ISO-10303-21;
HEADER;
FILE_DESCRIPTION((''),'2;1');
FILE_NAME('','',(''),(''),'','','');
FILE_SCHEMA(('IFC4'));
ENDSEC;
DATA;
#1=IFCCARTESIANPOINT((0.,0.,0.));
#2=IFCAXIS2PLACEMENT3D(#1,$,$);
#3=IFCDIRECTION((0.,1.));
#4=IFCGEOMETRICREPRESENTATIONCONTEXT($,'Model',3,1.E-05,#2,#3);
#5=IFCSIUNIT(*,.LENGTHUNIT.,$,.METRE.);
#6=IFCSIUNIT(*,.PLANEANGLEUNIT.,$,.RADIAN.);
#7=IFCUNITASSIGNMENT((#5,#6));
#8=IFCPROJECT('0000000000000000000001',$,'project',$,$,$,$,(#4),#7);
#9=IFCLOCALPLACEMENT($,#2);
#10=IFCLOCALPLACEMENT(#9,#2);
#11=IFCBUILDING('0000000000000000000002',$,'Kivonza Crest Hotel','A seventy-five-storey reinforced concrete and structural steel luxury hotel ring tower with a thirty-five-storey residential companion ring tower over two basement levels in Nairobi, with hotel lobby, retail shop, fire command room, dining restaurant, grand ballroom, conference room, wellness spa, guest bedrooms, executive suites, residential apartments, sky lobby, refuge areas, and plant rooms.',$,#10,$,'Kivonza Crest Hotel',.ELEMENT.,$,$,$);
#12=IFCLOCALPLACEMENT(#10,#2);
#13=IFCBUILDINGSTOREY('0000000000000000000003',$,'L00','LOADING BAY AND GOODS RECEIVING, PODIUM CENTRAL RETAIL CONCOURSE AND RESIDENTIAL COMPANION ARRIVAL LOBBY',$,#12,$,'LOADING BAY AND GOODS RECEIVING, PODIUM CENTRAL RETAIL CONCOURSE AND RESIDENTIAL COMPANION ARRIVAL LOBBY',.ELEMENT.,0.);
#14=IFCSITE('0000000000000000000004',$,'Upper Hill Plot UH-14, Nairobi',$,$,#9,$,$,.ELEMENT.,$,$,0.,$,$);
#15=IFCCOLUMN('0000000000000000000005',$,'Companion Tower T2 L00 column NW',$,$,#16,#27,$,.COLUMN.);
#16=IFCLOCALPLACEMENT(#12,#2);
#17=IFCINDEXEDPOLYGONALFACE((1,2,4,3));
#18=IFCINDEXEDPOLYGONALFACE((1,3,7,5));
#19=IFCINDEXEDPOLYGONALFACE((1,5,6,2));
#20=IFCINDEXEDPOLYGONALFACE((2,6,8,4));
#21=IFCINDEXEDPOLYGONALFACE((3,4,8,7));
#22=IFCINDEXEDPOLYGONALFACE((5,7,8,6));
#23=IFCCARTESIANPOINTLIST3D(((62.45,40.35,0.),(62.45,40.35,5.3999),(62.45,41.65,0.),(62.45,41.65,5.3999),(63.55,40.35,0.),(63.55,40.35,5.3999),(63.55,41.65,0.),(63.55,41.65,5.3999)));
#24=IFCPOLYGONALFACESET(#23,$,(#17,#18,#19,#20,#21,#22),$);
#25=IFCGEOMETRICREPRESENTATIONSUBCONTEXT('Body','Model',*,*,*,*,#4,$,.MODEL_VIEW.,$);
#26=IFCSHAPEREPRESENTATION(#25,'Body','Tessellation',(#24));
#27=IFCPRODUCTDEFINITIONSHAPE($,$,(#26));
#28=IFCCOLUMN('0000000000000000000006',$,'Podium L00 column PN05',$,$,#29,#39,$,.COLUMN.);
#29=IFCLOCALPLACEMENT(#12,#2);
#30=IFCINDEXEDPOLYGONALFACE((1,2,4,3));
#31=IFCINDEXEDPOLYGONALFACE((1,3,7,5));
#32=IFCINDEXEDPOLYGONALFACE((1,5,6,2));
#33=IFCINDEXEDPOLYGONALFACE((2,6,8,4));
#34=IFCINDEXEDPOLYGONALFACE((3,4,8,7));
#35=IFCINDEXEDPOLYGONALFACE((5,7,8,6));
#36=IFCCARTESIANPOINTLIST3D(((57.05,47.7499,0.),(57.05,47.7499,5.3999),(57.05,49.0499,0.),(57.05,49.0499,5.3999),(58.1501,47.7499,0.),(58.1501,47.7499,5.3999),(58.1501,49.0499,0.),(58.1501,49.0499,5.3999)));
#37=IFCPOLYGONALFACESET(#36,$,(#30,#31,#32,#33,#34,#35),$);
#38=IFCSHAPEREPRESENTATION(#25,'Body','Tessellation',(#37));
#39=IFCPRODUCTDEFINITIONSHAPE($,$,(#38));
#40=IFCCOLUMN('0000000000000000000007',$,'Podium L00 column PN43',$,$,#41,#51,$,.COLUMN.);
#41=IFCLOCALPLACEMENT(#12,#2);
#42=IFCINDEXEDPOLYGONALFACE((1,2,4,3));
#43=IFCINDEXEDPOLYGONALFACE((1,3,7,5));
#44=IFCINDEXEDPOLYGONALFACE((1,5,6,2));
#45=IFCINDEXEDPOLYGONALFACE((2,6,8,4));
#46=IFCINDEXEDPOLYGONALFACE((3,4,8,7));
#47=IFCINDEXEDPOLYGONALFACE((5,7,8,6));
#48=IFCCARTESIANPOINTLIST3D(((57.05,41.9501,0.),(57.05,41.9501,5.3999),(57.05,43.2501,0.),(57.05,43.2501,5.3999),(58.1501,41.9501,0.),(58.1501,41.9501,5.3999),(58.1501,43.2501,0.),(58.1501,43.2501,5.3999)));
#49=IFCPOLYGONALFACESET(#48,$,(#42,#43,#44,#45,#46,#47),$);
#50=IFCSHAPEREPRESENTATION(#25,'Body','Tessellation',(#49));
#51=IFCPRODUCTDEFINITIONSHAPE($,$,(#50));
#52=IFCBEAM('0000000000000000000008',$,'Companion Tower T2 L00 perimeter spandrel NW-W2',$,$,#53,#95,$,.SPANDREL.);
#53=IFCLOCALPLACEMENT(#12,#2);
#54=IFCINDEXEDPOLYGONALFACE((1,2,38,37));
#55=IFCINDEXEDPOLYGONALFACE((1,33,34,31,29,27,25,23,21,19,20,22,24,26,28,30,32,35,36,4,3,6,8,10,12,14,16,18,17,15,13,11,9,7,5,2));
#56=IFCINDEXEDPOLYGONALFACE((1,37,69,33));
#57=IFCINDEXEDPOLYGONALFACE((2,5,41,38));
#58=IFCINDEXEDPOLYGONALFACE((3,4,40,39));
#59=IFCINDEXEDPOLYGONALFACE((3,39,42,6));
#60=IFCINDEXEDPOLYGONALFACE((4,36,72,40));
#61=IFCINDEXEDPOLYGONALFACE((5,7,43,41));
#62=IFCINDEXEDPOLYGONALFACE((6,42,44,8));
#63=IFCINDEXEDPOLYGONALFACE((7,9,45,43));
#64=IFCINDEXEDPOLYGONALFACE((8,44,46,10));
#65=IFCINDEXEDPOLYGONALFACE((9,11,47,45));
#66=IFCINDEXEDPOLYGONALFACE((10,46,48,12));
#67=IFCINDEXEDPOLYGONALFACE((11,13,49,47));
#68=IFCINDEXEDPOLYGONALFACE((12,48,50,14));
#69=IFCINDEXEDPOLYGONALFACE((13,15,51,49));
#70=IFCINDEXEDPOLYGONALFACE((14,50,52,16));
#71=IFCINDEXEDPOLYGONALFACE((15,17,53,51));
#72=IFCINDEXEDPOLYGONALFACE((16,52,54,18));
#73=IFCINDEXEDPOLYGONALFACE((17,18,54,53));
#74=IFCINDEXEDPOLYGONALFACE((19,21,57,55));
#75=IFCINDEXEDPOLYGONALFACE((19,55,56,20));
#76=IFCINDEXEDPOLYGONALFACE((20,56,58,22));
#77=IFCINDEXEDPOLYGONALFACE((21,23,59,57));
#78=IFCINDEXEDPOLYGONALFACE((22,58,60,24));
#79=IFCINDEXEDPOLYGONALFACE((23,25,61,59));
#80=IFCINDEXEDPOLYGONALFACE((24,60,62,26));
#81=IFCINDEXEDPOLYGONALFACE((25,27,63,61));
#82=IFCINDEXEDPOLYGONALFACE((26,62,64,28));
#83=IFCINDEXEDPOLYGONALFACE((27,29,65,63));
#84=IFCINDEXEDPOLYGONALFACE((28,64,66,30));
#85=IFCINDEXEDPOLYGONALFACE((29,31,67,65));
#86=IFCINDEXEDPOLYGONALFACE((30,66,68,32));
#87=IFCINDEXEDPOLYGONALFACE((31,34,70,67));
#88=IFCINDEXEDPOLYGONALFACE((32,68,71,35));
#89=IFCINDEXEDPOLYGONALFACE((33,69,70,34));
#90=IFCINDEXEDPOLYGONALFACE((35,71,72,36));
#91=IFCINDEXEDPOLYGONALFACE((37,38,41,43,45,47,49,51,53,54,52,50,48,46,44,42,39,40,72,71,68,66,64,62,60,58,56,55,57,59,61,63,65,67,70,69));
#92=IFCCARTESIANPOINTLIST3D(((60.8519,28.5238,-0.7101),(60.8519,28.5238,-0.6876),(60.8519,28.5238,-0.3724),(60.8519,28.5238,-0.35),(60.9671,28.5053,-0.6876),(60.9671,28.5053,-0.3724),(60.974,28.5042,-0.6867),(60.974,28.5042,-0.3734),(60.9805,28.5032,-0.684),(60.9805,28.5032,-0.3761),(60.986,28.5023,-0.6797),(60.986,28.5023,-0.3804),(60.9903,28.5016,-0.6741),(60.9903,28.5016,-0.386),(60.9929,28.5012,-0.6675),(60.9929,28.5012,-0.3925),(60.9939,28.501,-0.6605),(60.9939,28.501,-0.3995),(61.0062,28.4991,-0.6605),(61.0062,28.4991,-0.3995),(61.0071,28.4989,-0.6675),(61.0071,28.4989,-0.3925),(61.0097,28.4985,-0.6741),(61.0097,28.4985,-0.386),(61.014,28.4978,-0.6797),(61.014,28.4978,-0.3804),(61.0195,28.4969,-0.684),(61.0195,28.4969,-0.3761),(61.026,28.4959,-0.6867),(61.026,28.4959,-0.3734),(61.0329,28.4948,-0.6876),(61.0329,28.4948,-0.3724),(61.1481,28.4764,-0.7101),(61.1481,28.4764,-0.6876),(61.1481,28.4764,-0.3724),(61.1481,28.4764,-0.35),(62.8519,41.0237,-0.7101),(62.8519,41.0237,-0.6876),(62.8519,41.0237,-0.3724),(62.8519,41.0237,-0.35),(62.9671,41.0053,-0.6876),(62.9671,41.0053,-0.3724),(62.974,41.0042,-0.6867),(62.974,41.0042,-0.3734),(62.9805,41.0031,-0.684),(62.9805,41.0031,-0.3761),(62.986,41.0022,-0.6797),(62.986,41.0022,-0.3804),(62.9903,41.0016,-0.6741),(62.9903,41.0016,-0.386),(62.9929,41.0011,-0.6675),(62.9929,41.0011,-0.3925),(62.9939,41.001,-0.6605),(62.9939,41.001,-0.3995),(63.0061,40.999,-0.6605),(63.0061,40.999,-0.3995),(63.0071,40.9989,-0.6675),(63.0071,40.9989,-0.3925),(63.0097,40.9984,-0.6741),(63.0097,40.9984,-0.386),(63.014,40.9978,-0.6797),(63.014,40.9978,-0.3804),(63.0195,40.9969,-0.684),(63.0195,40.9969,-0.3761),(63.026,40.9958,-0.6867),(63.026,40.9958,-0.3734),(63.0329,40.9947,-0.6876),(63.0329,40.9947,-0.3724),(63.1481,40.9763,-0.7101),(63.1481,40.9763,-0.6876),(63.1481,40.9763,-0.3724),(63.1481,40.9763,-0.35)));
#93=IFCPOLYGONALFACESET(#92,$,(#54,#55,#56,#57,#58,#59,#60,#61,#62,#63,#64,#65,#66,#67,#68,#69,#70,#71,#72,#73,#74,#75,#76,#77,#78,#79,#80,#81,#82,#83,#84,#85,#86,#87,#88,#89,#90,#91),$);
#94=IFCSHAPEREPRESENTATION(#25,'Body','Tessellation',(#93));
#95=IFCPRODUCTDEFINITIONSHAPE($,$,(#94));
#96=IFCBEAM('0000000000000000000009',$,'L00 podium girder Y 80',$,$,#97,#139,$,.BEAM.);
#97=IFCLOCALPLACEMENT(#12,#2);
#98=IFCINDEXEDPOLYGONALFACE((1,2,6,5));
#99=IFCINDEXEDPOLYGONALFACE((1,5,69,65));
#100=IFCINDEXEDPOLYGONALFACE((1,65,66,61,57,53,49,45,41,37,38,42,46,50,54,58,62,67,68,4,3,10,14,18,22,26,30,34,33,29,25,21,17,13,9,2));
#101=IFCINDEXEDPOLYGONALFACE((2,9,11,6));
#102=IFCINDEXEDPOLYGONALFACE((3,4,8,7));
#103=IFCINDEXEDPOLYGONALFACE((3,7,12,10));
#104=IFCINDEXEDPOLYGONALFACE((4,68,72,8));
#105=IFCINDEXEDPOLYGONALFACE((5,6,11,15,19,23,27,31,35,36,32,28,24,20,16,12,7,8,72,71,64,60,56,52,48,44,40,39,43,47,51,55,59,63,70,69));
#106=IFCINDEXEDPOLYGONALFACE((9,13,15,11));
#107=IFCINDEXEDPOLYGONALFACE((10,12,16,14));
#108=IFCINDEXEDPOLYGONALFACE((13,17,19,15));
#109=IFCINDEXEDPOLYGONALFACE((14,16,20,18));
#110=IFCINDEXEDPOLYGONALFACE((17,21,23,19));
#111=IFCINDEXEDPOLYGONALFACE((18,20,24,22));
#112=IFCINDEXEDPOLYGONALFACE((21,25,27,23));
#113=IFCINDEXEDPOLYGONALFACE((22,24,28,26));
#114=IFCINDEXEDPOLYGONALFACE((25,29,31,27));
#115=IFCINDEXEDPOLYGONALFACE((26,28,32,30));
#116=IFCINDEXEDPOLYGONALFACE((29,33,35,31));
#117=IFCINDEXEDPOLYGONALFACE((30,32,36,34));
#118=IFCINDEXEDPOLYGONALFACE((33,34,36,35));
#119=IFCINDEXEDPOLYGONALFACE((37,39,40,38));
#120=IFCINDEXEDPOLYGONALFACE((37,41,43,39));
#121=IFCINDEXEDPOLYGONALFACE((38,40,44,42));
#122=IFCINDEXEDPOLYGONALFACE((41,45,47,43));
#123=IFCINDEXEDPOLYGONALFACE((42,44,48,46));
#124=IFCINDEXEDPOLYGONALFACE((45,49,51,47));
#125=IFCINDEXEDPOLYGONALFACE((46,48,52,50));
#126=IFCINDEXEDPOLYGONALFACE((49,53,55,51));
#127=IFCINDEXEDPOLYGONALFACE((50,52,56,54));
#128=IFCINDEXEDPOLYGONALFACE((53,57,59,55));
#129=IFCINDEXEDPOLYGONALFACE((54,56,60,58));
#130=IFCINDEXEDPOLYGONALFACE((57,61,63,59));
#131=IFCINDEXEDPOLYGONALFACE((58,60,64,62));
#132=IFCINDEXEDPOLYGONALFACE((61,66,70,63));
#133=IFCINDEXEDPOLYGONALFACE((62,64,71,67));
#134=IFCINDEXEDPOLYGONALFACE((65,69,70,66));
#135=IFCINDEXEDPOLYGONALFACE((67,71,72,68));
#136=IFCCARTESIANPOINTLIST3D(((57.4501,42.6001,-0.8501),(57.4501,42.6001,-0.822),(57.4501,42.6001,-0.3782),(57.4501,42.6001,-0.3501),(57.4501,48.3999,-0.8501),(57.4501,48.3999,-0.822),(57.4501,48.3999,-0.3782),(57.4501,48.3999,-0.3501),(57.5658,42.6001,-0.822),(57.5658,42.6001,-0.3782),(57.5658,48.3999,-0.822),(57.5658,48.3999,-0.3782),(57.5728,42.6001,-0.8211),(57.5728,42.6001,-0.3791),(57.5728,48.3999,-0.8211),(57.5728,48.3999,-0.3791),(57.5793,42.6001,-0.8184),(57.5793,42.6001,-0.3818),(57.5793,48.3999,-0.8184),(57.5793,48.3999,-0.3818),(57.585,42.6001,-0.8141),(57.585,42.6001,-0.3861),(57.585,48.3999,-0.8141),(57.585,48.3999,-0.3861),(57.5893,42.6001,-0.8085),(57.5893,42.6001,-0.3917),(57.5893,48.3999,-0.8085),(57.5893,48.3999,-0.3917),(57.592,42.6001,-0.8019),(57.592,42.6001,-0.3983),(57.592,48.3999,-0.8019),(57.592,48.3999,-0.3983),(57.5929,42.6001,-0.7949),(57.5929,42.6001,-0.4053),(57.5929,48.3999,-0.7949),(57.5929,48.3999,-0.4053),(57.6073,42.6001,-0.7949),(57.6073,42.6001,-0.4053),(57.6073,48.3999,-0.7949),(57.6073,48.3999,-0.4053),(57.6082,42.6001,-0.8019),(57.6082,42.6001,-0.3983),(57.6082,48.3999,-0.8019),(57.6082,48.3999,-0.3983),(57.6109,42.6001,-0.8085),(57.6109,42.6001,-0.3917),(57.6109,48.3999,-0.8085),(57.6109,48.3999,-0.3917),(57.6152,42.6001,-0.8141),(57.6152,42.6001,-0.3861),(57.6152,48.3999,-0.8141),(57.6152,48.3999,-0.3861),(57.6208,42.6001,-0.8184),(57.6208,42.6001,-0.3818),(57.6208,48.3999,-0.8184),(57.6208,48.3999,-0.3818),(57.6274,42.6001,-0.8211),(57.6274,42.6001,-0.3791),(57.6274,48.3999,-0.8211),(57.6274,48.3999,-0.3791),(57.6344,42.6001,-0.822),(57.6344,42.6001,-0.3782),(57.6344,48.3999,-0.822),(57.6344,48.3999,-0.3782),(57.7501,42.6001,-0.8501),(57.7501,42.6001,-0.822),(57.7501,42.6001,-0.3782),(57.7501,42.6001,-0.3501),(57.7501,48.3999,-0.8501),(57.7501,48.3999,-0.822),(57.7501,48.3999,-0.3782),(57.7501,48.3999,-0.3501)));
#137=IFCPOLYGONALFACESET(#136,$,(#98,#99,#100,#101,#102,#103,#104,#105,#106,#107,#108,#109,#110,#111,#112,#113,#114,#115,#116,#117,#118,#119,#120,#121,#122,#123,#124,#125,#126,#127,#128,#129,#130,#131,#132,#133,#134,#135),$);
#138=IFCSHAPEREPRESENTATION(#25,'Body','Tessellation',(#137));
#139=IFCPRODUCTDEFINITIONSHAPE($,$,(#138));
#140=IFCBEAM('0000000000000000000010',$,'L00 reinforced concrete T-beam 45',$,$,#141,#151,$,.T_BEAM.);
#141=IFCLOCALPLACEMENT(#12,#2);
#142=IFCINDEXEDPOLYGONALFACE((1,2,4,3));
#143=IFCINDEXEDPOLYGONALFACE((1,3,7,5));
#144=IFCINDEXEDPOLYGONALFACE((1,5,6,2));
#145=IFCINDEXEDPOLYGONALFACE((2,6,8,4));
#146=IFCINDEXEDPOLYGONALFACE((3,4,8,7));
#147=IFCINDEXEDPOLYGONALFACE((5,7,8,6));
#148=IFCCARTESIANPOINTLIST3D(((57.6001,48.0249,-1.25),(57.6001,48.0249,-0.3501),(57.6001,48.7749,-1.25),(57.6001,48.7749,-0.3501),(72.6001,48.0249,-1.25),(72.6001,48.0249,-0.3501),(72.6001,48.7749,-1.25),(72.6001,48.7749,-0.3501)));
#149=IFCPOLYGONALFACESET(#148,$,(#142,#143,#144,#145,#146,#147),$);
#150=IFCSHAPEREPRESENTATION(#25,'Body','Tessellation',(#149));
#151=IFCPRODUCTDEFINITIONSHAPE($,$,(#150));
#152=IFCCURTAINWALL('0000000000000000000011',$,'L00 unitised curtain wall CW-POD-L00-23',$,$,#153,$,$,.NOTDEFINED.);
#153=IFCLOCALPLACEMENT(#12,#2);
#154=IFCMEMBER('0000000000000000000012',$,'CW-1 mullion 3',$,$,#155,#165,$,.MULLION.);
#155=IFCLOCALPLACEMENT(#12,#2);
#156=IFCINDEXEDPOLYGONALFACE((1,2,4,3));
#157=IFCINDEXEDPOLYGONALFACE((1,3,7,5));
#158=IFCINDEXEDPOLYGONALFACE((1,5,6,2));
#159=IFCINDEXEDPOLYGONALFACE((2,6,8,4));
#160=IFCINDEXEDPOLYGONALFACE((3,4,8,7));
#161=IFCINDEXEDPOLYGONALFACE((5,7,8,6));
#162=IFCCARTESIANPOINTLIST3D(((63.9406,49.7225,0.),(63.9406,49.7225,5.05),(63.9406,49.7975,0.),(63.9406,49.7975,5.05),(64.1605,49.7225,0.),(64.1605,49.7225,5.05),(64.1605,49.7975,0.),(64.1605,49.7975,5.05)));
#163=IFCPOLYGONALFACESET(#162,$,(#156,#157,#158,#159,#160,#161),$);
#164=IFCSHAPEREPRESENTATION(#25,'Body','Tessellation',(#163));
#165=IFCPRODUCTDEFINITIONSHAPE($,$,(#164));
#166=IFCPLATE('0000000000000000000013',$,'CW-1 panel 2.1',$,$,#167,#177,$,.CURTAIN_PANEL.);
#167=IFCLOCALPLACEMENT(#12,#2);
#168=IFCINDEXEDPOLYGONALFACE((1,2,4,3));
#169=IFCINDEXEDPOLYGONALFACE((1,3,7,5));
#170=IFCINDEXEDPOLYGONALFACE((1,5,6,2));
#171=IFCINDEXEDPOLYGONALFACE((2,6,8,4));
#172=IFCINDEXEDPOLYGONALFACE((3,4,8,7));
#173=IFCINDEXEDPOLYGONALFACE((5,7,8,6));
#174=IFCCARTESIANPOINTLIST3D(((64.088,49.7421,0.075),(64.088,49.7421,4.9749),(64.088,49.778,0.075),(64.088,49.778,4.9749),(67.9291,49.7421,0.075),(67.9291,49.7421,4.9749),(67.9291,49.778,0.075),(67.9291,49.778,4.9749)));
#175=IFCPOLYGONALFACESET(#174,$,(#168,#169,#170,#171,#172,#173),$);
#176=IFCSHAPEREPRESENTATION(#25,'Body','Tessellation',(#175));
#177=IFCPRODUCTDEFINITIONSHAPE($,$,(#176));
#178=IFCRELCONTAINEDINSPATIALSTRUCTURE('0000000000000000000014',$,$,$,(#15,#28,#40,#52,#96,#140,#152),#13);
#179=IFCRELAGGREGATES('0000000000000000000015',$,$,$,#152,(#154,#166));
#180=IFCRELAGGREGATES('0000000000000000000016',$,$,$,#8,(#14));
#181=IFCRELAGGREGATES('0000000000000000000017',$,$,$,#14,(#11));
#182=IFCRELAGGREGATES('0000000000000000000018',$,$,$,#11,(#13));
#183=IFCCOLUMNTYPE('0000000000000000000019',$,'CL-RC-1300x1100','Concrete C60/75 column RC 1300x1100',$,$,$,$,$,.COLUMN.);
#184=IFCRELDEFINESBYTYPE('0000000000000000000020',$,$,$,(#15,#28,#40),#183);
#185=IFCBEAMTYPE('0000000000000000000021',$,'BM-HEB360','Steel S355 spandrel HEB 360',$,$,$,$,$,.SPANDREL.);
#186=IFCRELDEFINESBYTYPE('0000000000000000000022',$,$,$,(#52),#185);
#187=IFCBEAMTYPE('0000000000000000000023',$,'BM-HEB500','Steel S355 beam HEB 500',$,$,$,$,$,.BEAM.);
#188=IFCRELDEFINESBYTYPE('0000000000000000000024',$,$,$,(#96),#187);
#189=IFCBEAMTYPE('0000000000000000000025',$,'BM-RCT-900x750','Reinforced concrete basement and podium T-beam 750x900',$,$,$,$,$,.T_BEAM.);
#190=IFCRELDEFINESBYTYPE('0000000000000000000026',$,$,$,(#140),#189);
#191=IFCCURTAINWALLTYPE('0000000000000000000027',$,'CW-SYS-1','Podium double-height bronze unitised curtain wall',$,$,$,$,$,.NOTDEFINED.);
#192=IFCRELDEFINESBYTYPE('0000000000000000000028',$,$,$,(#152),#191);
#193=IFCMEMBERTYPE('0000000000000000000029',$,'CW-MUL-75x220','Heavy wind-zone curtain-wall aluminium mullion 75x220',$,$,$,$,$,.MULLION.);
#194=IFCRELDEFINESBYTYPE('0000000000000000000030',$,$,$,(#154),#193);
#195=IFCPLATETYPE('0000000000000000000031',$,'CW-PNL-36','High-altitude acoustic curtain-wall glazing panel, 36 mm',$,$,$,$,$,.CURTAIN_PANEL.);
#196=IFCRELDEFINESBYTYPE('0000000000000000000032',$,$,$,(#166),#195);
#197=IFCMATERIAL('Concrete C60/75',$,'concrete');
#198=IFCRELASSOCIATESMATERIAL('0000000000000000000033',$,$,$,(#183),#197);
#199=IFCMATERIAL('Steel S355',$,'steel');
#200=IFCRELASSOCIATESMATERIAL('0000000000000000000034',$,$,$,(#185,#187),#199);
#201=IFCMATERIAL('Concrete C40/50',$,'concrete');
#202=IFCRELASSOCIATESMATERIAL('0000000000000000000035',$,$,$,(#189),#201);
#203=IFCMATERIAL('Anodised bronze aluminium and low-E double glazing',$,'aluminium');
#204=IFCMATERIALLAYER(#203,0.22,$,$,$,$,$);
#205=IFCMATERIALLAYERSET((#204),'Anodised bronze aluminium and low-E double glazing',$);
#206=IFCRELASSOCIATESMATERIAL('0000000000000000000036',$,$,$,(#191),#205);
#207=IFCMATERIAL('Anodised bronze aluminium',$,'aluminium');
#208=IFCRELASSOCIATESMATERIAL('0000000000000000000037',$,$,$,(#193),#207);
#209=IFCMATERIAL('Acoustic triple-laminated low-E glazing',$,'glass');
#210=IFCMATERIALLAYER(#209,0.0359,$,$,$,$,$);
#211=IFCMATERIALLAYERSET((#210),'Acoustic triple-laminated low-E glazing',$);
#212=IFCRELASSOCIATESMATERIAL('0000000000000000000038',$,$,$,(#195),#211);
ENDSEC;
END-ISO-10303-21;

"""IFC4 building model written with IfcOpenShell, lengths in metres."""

from ifc_helpers import new_model, si_unit, direction, frame, origin, origin_2d, place, context, subcontext, project, spatial, rectangle, i_section, extrude, material, layer, layer_set, material_profile, profile_set, type_object, element, aggregate, save


model = new_model("IFC4")

# Units and contexts
model_context = context("Model", 3, precision=1e-05, world=origin(), true_north=direction((0.0, 1.0)))
body_context = subcontext(model_context, "Body", "Model", "MODEL_VIEW")
ifc_project = project(units=[si_unit("LENGTHUNIT", "METRE"), si_unit("PLANEANGLEUNIT", "RADIAN")], contexts=[model_context])

# Site, building, storey
site_placement = place(None, origin())
site = spatial("IfcSite", under=ifc_project, at=site_placement, Name="Upper Hill Plot UH-14, Nairobi", CompositionType="ELEMENT", RefElevation=0.0)
building_placement = place(site_placement, origin())
building = spatial("IfcBuilding", under=site, at=building_placement, Name="Kivonza Crest Hotel", Description="A seventy-five-storey reinforced concrete and structural steel luxury hotel ring tower with a thirty-five-storey residential companion ring tower over two basement levels in Nairobi, with hotel lobby, retail shop, fire command room, dining restaurant, grand ballroom, conference room, wellness spa, guest bedrooms, executive suites, residential apartments, sky lobby, refuge areas, and plant rooms.", LongName="Kivonza Crest Hotel", CompositionType="ELEMENT")
storey_placement = place(building_placement, origin())
storey = spatial("IfcBuildingStorey", under=building, at=storey_placement, Name="L00", Description="LOADING BAY AND GOODS RECEIVING, PODIUM CENTRAL RETAIL CONCOURSE AND RESIDENTIAL COMPANION ARRIVAL LOBBY", LongName="LOADING BAY AND GOODS RECEIVING, PODIUM CENTRAL RETAIL CONCOURSE AND RESIDENTIAL COMPANION ARRIVAL LOBBY", CompositionType="ELEMENT", Elevation=0.0)

# Columns
ifc_material_1 = material(Name="Concrete C60/75", Category="concrete")
ifc_material_profile_1 = material_profile(ifc_material_1, rectangle(XDim=1.1001, YDim=1.3, at=origin_2d()), Name="RC 1300x1100")
ifc_profile_set_1 = profile_set([ifc_material_profile_1], Name="Concrete C60/75")
column_type = type_object("IfcColumnType", Name="CL-RC-1300x1100", Description="Concrete C60/75 column RC 1300x1100", PredefinedType="COLUMN", material=ifc_profile_set_1)
for number, where, z_axis, x_axis, name in (
    (1, (63.0, 41.0, 0.0), (0.0, 0.0, 1.0), (1.0, 0.0, 0.0), "Companion Tower T2 L00 column NW"),
    (2, (57.6001, 48.3999, 0.0), (0.0, 0.0, 1.0), (1.0, 0.0, 0.0), "Podium L00 column PN05"),
    (3, (57.6001, 42.6001, 0.0), (0.0, 0.0, 1.0), (1.0, 0.0, 0.0), "Podium L00 column PN43"),
):
    element("IfcColumn", number, at=place(storey_placement, frame(where, z_axis=z_axis, x_axis=x_axis)), inside=storey, type_object=column_type, Name=name, PredefinedType="COLUMN", context=body_context, shape_type="SweptSolid", body=[
        extrude(rectangle(XDim=1.1001, YDim=1.3, at=origin_2d()), origin(), (0.0, 0.0, 1.0), 5.3999),
    ])

# Beams
ifc_material_2 = material(Name="Steel S355", Category="steel")
ifc_material_profile_2 = material_profile(ifc_material_2, i_section(OverallWidth=0.3, OverallDepth=0.3601, WebThickness=0.0125, FlangeThickness=0.0225, FilletRadius=0.0271, at=origin_2d()), Name="HEB 360")
ifc_profile_set_2 = profile_set([ifc_material_profile_2], Name="Steel S355")
beam_type_1 = type_object("IfcBeamType", Name="BM-HEB360", Description="Steel S355 spandrel HEB 360", PredefinedType="SPANDREL", material=ifc_profile_set_2)
beam_1_placement = place(storey_placement, frame((63.0, 41.0, -0.53), z_axis=(-0.157991, -0.987441, 0.0), x_axis=(0.987441, -0.157991, 0.0)))
element("IfcBeam", 4, at=beam_1_placement, inside=storey, type_object=beam_type_1, Name="Companion Tower T2 L00 perimeter spandrel NW-W2", PredefinedType="SPANDREL", context=body_context, shape_type="SweptSolid", body=[
    extrude(i_section(OverallWidth=0.3, OverallDepth=0.3601, WebThickness=0.0125, FlangeThickness=0.0225, FilletRadius=0.0271, at=origin_2d()), origin(), (0.0, 0.0, 1.0), 12.6589),
])
ifc_material_profile_3 = material_profile(ifc_material_2, i_section(OverallWidth=0.3, OverallDepth=0.5, WebThickness=0.0144, FlangeThickness=0.0281, FilletRadius=0.0271, at=origin_2d()), Name="HEB 500")
ifc_profile_set_3 = profile_set([ifc_material_profile_3], Name="Steel S355")
beam_type_2 = type_object("IfcBeamType", Name="BM-HEB500", Description="Steel S355 beam HEB 500", PredefinedType="BEAM", material=ifc_profile_set_3)
beam_2_placement = place(storey_placement, frame((57.6001, 42.6001, -0.6001), z_axis=(0.0, 1.0, 0.0), x_axis=(-1.0, 0.0, 0.0)))
element("IfcBeam", 5, at=beam_2_placement, inside=storey, type_object=beam_type_2, Name="L00 podium girder Y 80", PredefinedType="BEAM", context=body_context, shape_type="SweptSolid", body=[
    extrude(i_section(OverallWidth=0.3, OverallDepth=0.5, WebThickness=0.0144, FlangeThickness=0.0281, FilletRadius=0.0271, at=origin_2d()), origin(), (0.0, 0.0, 1.0), 5.7998),
])
ifc_material_3 = material(Name="Concrete C40/50", Category="concrete")
ifc_material_profile_4 = material_profile(ifc_material_3, rectangle(XDim=0.75, YDim=0.8999, at=origin_2d()), Name="RC 900x750")
ifc_profile_set_4 = profile_set([ifc_material_profile_4], Name="Concrete C40/50")
beam_type_3 = type_object("IfcBeamType", Name="BM-RCT-900x750", Description="Reinforced concrete basement and podium T-beam 750x900", PredefinedType="T_BEAM", material=ifc_profile_set_4)
beam_3_placement = place(storey_placement, frame((57.6001, 48.3999, -0.8), z_axis=(1.0, 0.0, 0.0), x_axis=(0.0, 1.0, 0.0)))
element("IfcBeam", 6, at=beam_3_placement, inside=storey, type_object=beam_type_3, Name="L00 reinforced concrete T-beam 45", PredefinedType="T_BEAM", context=body_context, shape_type="SweptSolid", body=[
    extrude(rectangle(XDim=0.75, YDim=0.8999, at=origin_2d()), origin(), (0.0, 0.0, 1.0), 15.0),
])

# Curtain wall, member, plate
ifc_material_4 = material(Name="Anodised bronze aluminium and low-E double glazing", Category="aluminium")
ifc_layer_1 = layer(ifc_material_4, 0.22)
ifc_layer_set_1 = layer_set([ifc_layer_1], Name="Anodised bronze aluminium and low-E double glazing")
curtain_wall_type = type_object("IfcCurtainWallType", Name="CW-SYS-1", Description="Podium double-height bronze unitised curtain wall", PredefinedType="NOTDEFINED", material=ifc_layer_set_1)
curtain_wall_placement = place(storey_placement, origin())
curtain_wall = element("IfcCurtainWall", 7, at=curtain_wall_placement, inside=storey, type_object=curtain_wall_type, Name="L00 unitised curtain wall CW-POD-L00-23", PredefinedType="NOTDEFINED")
ifc_material_5 = material(Name="Anodised bronze aluminium", Category="aluminium")
ifc_material_profile_5 = material_profile(ifc_material_5, rectangle(XDim=0.075, YDim=0.22, at=origin_2d()), Name="CW-M 75x220")
ifc_profile_set_5 = profile_set([ifc_material_profile_5], Name="Anodised bronze aluminium")
member_type = type_object("IfcMemberType", Name="CW-MUL-75x220", Description="Heavy wind-zone curtain-wall aluminium mullion 75x220", PredefinedType="MULLION", material=ifc_profile_set_5)
member_placement = place(storey_placement, frame((64.0505, 49.76, 0.0), z_axis=(0.0, 0.0, 1.0), x_axis=(0.0, -1.0, 0.0)))
member = element("IfcMember", 8, at=member_placement, type_object=member_type, Name="CW-1 mullion 3", PredefinedType="MULLION", context=body_context, shape_type="SweptSolid", body=[
    extrude(rectangle(XDim=0.075, YDim=0.22, at=origin_2d()), origin(), (0.0, 0.0, 1.0), 5.05),
])
ifc_material_6 = material(Name="Acoustic triple-laminated low-E glazing", Category="glass")
ifc_layer_2 = layer(ifc_material_6, 0.0359)
ifc_layer_set_2 = layer_set([ifc_layer_2], Name="Acoustic triple-laminated low-E glazing")
plate_type = type_object("IfcPlateType", Name="CW-PNL-36", Description="High-altitude acoustic curtain-wall glazing panel, 36 mm", PredefinedType="CURTAIN_PANEL", material=ifc_layer_set_2)
plate_placement = place(storey_placement, frame((66.0085, 49.76, 0.075), z_axis=(0.0, 0.0, 1.0), x_axis=(-1.0, 0.0, 0.0)))
plate = element("IfcPlate", 9, at=plate_placement, type_object=plate_type, Name="CW-1 panel 2.1", PredefinedType="CURTAIN_PANEL", context=body_context, shape_type="SweptSolid", body=[
    extrude(rectangle(XDim=3.8411, YDim=0.0359, at=origin_2d()), origin(), (0.0, 0.0, 1.0), 4.8999),
])
aggregate(curtain_wall, [member, plate])

save(model, "model.ifc")
